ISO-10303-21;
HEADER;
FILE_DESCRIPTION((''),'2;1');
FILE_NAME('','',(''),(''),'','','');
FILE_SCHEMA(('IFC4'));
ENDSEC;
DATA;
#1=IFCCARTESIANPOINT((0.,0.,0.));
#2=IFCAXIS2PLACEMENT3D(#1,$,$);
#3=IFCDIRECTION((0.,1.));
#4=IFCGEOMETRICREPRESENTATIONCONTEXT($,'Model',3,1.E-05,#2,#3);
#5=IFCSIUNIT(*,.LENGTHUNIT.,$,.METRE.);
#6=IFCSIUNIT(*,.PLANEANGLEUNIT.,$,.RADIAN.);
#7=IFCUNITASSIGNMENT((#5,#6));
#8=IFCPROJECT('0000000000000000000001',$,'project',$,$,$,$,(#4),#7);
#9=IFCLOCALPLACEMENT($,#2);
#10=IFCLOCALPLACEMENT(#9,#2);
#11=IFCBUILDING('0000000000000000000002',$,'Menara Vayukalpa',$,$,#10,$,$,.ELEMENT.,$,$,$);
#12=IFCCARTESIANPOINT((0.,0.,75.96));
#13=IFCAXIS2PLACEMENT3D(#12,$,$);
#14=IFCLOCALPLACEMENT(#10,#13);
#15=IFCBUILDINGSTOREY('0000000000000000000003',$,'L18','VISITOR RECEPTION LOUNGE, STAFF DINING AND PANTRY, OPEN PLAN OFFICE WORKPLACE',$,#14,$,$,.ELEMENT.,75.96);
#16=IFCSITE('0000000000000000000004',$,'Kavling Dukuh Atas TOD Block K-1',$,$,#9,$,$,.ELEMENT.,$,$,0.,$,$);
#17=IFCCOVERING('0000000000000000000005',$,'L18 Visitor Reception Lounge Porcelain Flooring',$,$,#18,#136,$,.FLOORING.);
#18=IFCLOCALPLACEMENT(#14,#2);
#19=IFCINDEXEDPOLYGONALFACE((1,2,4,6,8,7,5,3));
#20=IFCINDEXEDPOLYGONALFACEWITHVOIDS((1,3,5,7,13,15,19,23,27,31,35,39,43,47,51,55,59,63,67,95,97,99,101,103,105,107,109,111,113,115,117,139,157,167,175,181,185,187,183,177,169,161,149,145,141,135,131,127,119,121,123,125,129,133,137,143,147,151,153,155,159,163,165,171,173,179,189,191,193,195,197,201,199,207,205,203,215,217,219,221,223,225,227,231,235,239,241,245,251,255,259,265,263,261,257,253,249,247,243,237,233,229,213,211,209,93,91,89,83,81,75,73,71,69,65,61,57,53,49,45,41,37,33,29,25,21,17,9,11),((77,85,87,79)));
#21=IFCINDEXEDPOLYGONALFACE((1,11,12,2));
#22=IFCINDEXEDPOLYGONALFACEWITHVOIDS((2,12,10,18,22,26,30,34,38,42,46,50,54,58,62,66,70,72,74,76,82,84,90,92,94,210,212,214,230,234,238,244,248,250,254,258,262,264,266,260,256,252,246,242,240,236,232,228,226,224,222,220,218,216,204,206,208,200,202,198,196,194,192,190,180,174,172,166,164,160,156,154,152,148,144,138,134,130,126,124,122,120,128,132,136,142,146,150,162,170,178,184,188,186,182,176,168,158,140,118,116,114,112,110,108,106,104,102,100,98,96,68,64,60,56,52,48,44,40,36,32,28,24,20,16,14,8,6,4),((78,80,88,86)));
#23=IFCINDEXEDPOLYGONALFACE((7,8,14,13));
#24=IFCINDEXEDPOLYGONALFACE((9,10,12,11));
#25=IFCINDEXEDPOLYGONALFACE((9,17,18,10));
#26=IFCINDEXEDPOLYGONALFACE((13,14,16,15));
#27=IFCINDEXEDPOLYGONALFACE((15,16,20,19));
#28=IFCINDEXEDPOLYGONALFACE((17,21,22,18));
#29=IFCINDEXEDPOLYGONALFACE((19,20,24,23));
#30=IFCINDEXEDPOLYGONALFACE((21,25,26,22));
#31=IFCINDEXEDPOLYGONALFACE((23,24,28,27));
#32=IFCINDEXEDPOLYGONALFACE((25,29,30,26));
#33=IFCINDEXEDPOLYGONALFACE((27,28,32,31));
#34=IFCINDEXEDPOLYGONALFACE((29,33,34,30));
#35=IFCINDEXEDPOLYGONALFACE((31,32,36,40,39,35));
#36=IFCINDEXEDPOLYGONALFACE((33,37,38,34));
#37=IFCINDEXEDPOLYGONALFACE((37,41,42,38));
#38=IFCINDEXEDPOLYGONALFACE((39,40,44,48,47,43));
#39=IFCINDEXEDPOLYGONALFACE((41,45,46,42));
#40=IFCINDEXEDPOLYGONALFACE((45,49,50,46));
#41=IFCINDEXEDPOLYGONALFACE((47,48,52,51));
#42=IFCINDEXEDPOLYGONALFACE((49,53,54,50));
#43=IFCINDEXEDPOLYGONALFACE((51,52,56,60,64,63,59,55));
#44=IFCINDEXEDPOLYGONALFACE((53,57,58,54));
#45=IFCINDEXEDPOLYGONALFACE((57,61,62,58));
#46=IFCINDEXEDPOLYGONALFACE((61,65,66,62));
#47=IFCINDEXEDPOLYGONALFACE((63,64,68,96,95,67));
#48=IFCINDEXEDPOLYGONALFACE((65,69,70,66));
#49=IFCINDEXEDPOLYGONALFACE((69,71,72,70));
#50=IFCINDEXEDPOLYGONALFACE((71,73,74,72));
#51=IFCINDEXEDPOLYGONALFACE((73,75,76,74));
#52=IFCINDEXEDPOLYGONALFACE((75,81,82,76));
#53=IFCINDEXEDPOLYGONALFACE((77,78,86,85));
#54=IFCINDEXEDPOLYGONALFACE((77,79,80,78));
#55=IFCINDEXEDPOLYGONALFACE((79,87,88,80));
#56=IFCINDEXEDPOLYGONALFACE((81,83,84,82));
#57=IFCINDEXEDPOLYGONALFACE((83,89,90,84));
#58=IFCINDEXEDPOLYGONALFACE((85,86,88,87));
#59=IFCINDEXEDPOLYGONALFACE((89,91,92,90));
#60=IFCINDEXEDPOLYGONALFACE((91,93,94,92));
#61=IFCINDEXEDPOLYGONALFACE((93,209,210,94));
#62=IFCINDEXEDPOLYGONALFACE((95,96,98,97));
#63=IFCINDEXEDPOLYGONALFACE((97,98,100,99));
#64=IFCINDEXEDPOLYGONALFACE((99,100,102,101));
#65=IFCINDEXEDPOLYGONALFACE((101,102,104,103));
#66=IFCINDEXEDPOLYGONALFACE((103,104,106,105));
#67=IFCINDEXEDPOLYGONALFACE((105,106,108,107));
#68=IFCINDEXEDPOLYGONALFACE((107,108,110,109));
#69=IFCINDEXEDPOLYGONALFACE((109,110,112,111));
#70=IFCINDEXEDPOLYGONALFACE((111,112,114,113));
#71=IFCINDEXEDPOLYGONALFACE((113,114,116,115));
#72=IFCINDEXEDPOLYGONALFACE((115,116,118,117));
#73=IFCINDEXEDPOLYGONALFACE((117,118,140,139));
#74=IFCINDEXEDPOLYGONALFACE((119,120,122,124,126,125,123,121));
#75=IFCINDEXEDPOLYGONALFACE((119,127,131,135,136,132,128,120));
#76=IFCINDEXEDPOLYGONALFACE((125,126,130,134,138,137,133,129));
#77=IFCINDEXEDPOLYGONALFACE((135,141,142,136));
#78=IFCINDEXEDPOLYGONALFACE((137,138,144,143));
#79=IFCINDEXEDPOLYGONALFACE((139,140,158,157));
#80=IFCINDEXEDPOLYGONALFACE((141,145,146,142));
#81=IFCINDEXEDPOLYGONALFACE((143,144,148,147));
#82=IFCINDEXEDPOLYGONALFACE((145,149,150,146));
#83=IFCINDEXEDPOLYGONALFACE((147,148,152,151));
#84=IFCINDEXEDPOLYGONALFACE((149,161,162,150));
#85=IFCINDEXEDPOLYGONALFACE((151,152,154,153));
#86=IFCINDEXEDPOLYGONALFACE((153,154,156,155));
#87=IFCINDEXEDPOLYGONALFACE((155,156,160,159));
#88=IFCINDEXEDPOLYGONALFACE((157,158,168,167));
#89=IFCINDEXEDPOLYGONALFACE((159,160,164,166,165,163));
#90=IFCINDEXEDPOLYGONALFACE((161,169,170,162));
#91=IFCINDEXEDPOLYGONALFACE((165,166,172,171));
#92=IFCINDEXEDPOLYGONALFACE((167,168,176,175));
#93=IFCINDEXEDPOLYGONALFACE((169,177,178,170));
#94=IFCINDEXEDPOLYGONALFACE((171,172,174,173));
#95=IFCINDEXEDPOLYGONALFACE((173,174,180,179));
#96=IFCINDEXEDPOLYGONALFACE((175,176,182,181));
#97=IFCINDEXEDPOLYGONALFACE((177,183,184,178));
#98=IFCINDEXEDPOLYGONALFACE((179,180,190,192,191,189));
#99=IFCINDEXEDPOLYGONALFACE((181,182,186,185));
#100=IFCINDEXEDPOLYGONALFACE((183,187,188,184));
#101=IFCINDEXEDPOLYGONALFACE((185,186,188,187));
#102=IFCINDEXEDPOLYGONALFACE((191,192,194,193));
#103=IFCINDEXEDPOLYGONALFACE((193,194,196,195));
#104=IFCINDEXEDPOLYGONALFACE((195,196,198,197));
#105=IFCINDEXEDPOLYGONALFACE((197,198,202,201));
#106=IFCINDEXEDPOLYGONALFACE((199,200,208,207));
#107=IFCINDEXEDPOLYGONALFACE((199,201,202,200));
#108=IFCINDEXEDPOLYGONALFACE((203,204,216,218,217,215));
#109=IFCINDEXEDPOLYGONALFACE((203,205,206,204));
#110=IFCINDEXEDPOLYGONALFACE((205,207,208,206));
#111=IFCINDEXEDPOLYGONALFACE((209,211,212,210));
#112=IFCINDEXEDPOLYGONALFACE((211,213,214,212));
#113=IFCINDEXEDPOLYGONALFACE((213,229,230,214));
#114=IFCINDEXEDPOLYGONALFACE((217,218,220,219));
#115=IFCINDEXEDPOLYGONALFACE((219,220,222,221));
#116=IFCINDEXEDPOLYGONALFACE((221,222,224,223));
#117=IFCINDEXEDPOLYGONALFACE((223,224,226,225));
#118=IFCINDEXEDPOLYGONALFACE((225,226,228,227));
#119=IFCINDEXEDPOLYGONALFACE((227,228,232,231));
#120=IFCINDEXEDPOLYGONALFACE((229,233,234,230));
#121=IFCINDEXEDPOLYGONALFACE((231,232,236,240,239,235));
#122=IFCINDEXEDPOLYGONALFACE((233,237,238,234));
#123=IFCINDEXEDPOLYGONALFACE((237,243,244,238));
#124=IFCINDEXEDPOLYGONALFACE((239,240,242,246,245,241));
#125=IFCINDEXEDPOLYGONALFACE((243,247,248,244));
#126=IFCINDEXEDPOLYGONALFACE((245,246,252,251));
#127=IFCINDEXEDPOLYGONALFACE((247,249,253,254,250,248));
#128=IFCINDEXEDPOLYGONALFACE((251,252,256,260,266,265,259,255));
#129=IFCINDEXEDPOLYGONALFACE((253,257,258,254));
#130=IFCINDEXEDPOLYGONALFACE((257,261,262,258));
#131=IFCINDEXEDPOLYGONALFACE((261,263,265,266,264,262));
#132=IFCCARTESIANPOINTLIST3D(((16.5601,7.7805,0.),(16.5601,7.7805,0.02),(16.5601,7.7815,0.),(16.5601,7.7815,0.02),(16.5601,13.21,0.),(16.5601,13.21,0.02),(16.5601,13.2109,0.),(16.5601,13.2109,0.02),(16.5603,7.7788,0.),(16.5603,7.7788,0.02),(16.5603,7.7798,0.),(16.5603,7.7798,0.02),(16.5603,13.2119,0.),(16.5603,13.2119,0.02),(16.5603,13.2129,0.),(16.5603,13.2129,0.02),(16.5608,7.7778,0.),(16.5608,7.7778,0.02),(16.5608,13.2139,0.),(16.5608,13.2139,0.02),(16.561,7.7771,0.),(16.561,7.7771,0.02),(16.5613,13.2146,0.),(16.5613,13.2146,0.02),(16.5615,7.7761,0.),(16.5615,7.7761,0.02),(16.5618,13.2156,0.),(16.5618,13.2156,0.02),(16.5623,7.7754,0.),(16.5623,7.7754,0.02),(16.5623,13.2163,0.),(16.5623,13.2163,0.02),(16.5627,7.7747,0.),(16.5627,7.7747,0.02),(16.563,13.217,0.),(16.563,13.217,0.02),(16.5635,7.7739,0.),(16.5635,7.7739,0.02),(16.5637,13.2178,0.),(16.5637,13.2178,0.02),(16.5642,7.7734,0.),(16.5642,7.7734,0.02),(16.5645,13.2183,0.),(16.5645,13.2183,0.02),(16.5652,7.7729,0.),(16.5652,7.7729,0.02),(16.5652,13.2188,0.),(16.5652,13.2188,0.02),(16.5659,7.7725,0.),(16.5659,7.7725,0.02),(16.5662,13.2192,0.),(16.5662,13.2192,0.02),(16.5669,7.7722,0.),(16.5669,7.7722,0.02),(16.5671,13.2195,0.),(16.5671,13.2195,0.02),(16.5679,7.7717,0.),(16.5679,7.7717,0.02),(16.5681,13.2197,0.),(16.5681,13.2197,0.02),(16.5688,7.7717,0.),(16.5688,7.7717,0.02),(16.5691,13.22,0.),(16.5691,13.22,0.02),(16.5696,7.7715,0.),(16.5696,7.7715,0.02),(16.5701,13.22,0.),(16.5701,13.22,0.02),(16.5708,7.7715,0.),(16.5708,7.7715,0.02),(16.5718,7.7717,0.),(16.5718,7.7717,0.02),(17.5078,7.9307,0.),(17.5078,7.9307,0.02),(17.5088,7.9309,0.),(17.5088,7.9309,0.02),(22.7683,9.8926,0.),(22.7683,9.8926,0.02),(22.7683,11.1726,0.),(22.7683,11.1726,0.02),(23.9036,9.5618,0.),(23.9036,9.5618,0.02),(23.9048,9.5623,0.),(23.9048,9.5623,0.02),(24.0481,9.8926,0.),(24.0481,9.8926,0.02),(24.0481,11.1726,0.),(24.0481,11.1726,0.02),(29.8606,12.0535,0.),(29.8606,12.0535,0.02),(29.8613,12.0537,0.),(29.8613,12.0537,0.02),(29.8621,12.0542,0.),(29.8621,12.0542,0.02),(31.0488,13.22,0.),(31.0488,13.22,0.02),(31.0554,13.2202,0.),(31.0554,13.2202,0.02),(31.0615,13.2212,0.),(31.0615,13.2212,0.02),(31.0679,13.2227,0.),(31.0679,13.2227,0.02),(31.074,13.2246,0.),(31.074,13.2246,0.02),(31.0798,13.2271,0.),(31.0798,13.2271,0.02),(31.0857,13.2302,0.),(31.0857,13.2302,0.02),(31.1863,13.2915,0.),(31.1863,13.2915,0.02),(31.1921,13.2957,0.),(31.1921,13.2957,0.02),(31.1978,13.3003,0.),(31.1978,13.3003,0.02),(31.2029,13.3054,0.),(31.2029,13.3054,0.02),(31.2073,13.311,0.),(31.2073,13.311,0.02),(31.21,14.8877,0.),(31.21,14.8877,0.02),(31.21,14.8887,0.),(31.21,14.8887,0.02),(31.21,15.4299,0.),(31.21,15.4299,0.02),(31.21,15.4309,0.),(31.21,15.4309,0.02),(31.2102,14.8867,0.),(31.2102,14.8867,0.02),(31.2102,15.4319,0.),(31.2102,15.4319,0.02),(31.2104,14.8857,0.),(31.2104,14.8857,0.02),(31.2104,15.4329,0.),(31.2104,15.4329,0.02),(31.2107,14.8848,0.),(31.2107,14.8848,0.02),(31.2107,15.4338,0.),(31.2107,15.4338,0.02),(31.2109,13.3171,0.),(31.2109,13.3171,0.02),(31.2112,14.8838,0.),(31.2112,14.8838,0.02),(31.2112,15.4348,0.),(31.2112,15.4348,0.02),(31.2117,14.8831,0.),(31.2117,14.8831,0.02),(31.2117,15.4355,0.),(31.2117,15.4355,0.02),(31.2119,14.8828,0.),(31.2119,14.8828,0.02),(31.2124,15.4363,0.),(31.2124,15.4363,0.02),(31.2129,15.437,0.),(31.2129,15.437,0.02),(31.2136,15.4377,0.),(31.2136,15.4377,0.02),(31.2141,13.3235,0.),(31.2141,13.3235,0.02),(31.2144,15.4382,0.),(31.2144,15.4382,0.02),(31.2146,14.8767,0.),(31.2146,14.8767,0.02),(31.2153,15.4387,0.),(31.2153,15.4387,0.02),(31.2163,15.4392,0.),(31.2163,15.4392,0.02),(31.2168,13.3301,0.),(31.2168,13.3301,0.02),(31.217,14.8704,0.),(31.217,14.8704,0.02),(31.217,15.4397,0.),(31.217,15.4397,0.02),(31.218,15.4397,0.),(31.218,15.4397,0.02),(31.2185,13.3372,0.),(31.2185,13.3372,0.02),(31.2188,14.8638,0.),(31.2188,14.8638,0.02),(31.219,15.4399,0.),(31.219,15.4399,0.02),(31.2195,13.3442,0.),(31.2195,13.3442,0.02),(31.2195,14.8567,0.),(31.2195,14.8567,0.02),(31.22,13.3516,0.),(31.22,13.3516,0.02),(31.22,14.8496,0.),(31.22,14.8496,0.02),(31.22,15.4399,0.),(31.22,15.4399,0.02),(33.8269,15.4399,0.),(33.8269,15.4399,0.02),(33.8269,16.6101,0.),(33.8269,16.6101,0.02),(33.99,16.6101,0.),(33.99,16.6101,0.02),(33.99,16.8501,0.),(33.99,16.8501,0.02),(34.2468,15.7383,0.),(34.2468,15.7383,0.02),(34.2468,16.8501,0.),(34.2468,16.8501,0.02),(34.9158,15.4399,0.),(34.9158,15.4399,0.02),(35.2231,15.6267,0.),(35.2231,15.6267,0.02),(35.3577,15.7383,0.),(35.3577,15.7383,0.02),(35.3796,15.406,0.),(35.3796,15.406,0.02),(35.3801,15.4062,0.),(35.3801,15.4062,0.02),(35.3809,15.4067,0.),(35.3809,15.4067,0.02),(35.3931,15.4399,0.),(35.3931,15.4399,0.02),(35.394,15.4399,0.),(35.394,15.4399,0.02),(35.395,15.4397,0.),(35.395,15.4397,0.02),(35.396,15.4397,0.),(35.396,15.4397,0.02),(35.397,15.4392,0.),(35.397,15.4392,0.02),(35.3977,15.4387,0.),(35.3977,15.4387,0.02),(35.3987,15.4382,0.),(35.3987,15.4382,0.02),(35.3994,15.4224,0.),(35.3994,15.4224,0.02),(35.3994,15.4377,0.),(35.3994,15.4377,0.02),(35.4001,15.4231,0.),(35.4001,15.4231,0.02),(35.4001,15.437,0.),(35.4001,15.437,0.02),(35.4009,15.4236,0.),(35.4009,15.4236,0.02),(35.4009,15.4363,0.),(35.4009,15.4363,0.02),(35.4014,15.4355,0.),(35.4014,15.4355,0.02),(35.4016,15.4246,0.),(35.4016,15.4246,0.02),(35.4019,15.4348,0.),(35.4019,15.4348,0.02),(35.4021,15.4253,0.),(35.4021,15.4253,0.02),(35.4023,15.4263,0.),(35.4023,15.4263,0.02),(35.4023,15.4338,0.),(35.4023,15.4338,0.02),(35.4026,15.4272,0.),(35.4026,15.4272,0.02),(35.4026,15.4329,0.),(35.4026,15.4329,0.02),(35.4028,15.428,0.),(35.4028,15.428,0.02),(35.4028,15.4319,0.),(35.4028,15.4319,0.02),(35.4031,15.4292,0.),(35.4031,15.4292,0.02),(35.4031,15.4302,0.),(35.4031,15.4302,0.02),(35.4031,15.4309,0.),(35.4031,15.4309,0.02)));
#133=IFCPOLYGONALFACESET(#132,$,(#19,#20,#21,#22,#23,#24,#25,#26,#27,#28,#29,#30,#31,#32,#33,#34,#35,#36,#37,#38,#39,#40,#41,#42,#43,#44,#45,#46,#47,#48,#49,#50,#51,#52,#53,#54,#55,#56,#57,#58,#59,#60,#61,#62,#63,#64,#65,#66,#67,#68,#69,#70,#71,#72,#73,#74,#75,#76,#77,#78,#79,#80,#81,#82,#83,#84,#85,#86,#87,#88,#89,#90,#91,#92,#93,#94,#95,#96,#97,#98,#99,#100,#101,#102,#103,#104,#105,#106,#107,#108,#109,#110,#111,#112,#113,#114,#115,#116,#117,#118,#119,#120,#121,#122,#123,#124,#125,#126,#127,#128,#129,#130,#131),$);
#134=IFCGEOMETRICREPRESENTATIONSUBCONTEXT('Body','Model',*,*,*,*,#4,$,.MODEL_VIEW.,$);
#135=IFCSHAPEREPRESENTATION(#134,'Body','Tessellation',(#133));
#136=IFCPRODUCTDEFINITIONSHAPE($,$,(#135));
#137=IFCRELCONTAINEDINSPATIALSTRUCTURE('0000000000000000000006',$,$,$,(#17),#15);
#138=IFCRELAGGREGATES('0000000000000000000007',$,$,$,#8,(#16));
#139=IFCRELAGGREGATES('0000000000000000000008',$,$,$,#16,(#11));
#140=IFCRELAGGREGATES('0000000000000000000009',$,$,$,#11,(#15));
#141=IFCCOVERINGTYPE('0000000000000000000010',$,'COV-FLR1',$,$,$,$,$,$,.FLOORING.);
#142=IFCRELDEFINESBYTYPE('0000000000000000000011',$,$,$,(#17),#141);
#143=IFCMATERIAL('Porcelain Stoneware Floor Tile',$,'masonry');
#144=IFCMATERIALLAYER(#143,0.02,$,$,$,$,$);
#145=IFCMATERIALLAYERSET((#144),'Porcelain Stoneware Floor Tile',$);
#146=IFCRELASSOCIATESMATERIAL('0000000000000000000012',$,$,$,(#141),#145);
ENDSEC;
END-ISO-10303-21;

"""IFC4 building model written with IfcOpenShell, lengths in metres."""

from ifc_helpers import new_model, si_unit, direction, frame, origin, place, context, subcontext, project, spatial, polyline, outline, extrude, material, layer, layer_set, type_object, element, save


model = new_model("IFC4")

# Units and contexts
model_context = context("Model", 3, precision=1e-05, world=origin(), true_north=direction((0.0, 1.0)))
body_context = subcontext(model_context, "Body", "Model", "MODEL_VIEW")
ifc_project = project(units=[si_unit("LENGTHUNIT", "METRE"), si_unit("PLANEANGLEUNIT", "RADIAN")], contexts=[model_context])

# Site, building, storey
site_placement = place(None, origin())
site = spatial("IfcSite", under=ifc_project, at=site_placement, Name="Kavling Dukuh Atas TOD Block K-1", CompositionType="ELEMENT", RefElevation=0.0)
building_placement = place(site_placement, origin())
building = spatial("IfcBuilding", under=site, at=building_placement, Name="Menara Vayukalpa", CompositionType="ELEMENT")
storey_placement = place(building_placement, frame((0.0, 0.0, 75.96)))
storey = spatial("IfcBuildingStorey", under=building, at=storey_placement, Name="L18", Description="VISITOR RECEPTION LOUNGE, STAFF DINING AND PANTRY, OPEN PLAN OFFICE WORKPLACE", CompositionType="ELEMENT", Elevation=75.96)

# Covering
ifc_material_1 = material(Name="Porcelain Stoneware Floor Tile", Category="masonry")
ifc_layer_1 = layer(ifc_material_1, 0.02)
ifc_layer_set_1 = layer_set([ifc_layer_1], Name="Porcelain Stoneware Floor Tile")
covering_type_1 = type_object("IfcCoveringType", Name="COV-FLR1", PredefinedType="FLOORING", material=ifc_layer_set_1)
covering_1_placement = place(storey_placement, origin())
element("IfcCovering", 1, at=covering_1_placement, inside=storey, type_object=covering_type_1, Name="L18 Visitor Reception Lounge Porcelain Flooring", PredefinedType="FLOORING", context=body_context, shape_type="SweptSolid", body=[
    extrude(outline(polyline([(23.9048, 9.5623), (23.9036, 9.5618), (17.5088, 7.9309), (17.5078, 7.9307), (16.5718, 7.7717), (16.5708, 7.7715), (16.5696, 7.7715), (16.5688, 7.7717), (16.5679, 7.7717), (16.5669, 7.7722), (16.5659, 7.7725), (16.5652, 7.7729), (16.5642, 7.7734), (16.5635, 7.7739), (16.5627, 7.7747), (16.5623, 7.7754), (16.5615, 7.7761), (16.561, 7.7771), (16.5608, 7.7778), (16.5603, 7.7788), (16.5603, 7.7798), (16.5601, 7.7805), (16.5601, 7.7815), (16.5601, 13.21), (16.5601, 13.2109), (16.5603, 13.2119), (16.5603, 13.2129), (16.5608, 13.2139), (16.5613, 13.2146), (16.5618, 13.2156), (16.5623, 13.2163), (16.563, 13.217), (16.5637, 13.2178), (16.5645, 13.2183), (16.5652, 13.2188), (16.5662, 13.2192), (16.5671, 13.2195), (16.5681, 13.2197), (16.5691, 13.22), (16.5701, 13.22), (31.0488, 13.22), (31.0554, 13.2202), (31.0615, 13.2212), (31.0679, 13.2227), (31.074, 13.2246), (31.0798, 13.2271), (31.0857, 13.2302), (31.1863, 13.2915), (31.1921, 13.2957), (31.1978, 13.3003), (31.2029, 13.3054), (31.2073, 13.311), (31.2109, 13.3171), (31.2141, 13.3235), (31.2168, 13.3301), (31.2185, 13.3372), (31.2195, 13.3442), (31.22, 13.3516), (31.22, 14.8496), (31.2195, 14.8567), (31.2188, 14.8638), (31.217, 14.8704), (31.2146, 14.8767), (31.2119, 14.8828), (31.2117, 14.8831), (31.2112, 14.8838), (31.2107, 14.8848), (31.2104, 14.8857), (31.2102, 14.8867), (31.21, 14.8877), (31.21, 14.8887), (31.21, 15.4299), (31.21, 15.4309), (31.2102, 15.4319), (31.2104, 15.4329), (31.2107, 15.4338), (31.2112, 15.4348), (31.2117, 15.4355), (31.2124, 15.4363), (31.2129, 15.437), (31.2136, 15.4377), (31.2144, 15.4382), (31.2153, 15.4387), (31.2163, 15.4392), (31.217, 15.4397), (31.218, 15.4397), (31.219, 15.4399), (31.22, 15.4399), (33.8269, 15.4399), (33.8269, 16.6101), (33.99, 16.6101), (33.99, 16.8501), (34.2468, 16.8501), (34.2468, 15.7383), (35.3577, 15.7383), (35.2231, 15.6267), (34.9158, 15.4399), (35.3931, 15.4399), (35.394, 15.4399), (35.395, 15.4397), (35.396, 15.4397), (35.397, 15.4392), (35.3977, 15.4387), (35.3987, 15.4382), (35.3994, 15.4377), (35.4001, 15.437), (35.4009, 15.4363), (35.4014, 15.4355), (35.4019, 15.4348), (35.4023, 15.4338), (35.4026, 15.4329), (35.4028, 15.4319), (35.4031, 15.4309), (35.4031, 15.4302), (35.4031, 15.4292), (35.4028, 15.428), (35.4026, 15.4272), (35.4023, 15.4263), (35.4021, 15.4253), (35.4016, 15.4246), (35.4009, 15.4236), (35.4001, 15.4231), (35.3994, 15.4224), (35.3809, 15.4067), (35.3801, 15.4062), (35.3796, 15.406), (29.8621, 12.0542), (29.8613, 12.0537), (29.8606, 12.0535), (23.9048, 9.5623)]), holes=[polyline([(24.0481, 11.1726), (22.7683, 11.1726), (22.7683, 9.8926), (24.0481, 9.8926), (24.0481, 11.1726)])]), origin(), (0.0, 0.0, 1.0), 0.02),
])

save(model, "model.ifc")
